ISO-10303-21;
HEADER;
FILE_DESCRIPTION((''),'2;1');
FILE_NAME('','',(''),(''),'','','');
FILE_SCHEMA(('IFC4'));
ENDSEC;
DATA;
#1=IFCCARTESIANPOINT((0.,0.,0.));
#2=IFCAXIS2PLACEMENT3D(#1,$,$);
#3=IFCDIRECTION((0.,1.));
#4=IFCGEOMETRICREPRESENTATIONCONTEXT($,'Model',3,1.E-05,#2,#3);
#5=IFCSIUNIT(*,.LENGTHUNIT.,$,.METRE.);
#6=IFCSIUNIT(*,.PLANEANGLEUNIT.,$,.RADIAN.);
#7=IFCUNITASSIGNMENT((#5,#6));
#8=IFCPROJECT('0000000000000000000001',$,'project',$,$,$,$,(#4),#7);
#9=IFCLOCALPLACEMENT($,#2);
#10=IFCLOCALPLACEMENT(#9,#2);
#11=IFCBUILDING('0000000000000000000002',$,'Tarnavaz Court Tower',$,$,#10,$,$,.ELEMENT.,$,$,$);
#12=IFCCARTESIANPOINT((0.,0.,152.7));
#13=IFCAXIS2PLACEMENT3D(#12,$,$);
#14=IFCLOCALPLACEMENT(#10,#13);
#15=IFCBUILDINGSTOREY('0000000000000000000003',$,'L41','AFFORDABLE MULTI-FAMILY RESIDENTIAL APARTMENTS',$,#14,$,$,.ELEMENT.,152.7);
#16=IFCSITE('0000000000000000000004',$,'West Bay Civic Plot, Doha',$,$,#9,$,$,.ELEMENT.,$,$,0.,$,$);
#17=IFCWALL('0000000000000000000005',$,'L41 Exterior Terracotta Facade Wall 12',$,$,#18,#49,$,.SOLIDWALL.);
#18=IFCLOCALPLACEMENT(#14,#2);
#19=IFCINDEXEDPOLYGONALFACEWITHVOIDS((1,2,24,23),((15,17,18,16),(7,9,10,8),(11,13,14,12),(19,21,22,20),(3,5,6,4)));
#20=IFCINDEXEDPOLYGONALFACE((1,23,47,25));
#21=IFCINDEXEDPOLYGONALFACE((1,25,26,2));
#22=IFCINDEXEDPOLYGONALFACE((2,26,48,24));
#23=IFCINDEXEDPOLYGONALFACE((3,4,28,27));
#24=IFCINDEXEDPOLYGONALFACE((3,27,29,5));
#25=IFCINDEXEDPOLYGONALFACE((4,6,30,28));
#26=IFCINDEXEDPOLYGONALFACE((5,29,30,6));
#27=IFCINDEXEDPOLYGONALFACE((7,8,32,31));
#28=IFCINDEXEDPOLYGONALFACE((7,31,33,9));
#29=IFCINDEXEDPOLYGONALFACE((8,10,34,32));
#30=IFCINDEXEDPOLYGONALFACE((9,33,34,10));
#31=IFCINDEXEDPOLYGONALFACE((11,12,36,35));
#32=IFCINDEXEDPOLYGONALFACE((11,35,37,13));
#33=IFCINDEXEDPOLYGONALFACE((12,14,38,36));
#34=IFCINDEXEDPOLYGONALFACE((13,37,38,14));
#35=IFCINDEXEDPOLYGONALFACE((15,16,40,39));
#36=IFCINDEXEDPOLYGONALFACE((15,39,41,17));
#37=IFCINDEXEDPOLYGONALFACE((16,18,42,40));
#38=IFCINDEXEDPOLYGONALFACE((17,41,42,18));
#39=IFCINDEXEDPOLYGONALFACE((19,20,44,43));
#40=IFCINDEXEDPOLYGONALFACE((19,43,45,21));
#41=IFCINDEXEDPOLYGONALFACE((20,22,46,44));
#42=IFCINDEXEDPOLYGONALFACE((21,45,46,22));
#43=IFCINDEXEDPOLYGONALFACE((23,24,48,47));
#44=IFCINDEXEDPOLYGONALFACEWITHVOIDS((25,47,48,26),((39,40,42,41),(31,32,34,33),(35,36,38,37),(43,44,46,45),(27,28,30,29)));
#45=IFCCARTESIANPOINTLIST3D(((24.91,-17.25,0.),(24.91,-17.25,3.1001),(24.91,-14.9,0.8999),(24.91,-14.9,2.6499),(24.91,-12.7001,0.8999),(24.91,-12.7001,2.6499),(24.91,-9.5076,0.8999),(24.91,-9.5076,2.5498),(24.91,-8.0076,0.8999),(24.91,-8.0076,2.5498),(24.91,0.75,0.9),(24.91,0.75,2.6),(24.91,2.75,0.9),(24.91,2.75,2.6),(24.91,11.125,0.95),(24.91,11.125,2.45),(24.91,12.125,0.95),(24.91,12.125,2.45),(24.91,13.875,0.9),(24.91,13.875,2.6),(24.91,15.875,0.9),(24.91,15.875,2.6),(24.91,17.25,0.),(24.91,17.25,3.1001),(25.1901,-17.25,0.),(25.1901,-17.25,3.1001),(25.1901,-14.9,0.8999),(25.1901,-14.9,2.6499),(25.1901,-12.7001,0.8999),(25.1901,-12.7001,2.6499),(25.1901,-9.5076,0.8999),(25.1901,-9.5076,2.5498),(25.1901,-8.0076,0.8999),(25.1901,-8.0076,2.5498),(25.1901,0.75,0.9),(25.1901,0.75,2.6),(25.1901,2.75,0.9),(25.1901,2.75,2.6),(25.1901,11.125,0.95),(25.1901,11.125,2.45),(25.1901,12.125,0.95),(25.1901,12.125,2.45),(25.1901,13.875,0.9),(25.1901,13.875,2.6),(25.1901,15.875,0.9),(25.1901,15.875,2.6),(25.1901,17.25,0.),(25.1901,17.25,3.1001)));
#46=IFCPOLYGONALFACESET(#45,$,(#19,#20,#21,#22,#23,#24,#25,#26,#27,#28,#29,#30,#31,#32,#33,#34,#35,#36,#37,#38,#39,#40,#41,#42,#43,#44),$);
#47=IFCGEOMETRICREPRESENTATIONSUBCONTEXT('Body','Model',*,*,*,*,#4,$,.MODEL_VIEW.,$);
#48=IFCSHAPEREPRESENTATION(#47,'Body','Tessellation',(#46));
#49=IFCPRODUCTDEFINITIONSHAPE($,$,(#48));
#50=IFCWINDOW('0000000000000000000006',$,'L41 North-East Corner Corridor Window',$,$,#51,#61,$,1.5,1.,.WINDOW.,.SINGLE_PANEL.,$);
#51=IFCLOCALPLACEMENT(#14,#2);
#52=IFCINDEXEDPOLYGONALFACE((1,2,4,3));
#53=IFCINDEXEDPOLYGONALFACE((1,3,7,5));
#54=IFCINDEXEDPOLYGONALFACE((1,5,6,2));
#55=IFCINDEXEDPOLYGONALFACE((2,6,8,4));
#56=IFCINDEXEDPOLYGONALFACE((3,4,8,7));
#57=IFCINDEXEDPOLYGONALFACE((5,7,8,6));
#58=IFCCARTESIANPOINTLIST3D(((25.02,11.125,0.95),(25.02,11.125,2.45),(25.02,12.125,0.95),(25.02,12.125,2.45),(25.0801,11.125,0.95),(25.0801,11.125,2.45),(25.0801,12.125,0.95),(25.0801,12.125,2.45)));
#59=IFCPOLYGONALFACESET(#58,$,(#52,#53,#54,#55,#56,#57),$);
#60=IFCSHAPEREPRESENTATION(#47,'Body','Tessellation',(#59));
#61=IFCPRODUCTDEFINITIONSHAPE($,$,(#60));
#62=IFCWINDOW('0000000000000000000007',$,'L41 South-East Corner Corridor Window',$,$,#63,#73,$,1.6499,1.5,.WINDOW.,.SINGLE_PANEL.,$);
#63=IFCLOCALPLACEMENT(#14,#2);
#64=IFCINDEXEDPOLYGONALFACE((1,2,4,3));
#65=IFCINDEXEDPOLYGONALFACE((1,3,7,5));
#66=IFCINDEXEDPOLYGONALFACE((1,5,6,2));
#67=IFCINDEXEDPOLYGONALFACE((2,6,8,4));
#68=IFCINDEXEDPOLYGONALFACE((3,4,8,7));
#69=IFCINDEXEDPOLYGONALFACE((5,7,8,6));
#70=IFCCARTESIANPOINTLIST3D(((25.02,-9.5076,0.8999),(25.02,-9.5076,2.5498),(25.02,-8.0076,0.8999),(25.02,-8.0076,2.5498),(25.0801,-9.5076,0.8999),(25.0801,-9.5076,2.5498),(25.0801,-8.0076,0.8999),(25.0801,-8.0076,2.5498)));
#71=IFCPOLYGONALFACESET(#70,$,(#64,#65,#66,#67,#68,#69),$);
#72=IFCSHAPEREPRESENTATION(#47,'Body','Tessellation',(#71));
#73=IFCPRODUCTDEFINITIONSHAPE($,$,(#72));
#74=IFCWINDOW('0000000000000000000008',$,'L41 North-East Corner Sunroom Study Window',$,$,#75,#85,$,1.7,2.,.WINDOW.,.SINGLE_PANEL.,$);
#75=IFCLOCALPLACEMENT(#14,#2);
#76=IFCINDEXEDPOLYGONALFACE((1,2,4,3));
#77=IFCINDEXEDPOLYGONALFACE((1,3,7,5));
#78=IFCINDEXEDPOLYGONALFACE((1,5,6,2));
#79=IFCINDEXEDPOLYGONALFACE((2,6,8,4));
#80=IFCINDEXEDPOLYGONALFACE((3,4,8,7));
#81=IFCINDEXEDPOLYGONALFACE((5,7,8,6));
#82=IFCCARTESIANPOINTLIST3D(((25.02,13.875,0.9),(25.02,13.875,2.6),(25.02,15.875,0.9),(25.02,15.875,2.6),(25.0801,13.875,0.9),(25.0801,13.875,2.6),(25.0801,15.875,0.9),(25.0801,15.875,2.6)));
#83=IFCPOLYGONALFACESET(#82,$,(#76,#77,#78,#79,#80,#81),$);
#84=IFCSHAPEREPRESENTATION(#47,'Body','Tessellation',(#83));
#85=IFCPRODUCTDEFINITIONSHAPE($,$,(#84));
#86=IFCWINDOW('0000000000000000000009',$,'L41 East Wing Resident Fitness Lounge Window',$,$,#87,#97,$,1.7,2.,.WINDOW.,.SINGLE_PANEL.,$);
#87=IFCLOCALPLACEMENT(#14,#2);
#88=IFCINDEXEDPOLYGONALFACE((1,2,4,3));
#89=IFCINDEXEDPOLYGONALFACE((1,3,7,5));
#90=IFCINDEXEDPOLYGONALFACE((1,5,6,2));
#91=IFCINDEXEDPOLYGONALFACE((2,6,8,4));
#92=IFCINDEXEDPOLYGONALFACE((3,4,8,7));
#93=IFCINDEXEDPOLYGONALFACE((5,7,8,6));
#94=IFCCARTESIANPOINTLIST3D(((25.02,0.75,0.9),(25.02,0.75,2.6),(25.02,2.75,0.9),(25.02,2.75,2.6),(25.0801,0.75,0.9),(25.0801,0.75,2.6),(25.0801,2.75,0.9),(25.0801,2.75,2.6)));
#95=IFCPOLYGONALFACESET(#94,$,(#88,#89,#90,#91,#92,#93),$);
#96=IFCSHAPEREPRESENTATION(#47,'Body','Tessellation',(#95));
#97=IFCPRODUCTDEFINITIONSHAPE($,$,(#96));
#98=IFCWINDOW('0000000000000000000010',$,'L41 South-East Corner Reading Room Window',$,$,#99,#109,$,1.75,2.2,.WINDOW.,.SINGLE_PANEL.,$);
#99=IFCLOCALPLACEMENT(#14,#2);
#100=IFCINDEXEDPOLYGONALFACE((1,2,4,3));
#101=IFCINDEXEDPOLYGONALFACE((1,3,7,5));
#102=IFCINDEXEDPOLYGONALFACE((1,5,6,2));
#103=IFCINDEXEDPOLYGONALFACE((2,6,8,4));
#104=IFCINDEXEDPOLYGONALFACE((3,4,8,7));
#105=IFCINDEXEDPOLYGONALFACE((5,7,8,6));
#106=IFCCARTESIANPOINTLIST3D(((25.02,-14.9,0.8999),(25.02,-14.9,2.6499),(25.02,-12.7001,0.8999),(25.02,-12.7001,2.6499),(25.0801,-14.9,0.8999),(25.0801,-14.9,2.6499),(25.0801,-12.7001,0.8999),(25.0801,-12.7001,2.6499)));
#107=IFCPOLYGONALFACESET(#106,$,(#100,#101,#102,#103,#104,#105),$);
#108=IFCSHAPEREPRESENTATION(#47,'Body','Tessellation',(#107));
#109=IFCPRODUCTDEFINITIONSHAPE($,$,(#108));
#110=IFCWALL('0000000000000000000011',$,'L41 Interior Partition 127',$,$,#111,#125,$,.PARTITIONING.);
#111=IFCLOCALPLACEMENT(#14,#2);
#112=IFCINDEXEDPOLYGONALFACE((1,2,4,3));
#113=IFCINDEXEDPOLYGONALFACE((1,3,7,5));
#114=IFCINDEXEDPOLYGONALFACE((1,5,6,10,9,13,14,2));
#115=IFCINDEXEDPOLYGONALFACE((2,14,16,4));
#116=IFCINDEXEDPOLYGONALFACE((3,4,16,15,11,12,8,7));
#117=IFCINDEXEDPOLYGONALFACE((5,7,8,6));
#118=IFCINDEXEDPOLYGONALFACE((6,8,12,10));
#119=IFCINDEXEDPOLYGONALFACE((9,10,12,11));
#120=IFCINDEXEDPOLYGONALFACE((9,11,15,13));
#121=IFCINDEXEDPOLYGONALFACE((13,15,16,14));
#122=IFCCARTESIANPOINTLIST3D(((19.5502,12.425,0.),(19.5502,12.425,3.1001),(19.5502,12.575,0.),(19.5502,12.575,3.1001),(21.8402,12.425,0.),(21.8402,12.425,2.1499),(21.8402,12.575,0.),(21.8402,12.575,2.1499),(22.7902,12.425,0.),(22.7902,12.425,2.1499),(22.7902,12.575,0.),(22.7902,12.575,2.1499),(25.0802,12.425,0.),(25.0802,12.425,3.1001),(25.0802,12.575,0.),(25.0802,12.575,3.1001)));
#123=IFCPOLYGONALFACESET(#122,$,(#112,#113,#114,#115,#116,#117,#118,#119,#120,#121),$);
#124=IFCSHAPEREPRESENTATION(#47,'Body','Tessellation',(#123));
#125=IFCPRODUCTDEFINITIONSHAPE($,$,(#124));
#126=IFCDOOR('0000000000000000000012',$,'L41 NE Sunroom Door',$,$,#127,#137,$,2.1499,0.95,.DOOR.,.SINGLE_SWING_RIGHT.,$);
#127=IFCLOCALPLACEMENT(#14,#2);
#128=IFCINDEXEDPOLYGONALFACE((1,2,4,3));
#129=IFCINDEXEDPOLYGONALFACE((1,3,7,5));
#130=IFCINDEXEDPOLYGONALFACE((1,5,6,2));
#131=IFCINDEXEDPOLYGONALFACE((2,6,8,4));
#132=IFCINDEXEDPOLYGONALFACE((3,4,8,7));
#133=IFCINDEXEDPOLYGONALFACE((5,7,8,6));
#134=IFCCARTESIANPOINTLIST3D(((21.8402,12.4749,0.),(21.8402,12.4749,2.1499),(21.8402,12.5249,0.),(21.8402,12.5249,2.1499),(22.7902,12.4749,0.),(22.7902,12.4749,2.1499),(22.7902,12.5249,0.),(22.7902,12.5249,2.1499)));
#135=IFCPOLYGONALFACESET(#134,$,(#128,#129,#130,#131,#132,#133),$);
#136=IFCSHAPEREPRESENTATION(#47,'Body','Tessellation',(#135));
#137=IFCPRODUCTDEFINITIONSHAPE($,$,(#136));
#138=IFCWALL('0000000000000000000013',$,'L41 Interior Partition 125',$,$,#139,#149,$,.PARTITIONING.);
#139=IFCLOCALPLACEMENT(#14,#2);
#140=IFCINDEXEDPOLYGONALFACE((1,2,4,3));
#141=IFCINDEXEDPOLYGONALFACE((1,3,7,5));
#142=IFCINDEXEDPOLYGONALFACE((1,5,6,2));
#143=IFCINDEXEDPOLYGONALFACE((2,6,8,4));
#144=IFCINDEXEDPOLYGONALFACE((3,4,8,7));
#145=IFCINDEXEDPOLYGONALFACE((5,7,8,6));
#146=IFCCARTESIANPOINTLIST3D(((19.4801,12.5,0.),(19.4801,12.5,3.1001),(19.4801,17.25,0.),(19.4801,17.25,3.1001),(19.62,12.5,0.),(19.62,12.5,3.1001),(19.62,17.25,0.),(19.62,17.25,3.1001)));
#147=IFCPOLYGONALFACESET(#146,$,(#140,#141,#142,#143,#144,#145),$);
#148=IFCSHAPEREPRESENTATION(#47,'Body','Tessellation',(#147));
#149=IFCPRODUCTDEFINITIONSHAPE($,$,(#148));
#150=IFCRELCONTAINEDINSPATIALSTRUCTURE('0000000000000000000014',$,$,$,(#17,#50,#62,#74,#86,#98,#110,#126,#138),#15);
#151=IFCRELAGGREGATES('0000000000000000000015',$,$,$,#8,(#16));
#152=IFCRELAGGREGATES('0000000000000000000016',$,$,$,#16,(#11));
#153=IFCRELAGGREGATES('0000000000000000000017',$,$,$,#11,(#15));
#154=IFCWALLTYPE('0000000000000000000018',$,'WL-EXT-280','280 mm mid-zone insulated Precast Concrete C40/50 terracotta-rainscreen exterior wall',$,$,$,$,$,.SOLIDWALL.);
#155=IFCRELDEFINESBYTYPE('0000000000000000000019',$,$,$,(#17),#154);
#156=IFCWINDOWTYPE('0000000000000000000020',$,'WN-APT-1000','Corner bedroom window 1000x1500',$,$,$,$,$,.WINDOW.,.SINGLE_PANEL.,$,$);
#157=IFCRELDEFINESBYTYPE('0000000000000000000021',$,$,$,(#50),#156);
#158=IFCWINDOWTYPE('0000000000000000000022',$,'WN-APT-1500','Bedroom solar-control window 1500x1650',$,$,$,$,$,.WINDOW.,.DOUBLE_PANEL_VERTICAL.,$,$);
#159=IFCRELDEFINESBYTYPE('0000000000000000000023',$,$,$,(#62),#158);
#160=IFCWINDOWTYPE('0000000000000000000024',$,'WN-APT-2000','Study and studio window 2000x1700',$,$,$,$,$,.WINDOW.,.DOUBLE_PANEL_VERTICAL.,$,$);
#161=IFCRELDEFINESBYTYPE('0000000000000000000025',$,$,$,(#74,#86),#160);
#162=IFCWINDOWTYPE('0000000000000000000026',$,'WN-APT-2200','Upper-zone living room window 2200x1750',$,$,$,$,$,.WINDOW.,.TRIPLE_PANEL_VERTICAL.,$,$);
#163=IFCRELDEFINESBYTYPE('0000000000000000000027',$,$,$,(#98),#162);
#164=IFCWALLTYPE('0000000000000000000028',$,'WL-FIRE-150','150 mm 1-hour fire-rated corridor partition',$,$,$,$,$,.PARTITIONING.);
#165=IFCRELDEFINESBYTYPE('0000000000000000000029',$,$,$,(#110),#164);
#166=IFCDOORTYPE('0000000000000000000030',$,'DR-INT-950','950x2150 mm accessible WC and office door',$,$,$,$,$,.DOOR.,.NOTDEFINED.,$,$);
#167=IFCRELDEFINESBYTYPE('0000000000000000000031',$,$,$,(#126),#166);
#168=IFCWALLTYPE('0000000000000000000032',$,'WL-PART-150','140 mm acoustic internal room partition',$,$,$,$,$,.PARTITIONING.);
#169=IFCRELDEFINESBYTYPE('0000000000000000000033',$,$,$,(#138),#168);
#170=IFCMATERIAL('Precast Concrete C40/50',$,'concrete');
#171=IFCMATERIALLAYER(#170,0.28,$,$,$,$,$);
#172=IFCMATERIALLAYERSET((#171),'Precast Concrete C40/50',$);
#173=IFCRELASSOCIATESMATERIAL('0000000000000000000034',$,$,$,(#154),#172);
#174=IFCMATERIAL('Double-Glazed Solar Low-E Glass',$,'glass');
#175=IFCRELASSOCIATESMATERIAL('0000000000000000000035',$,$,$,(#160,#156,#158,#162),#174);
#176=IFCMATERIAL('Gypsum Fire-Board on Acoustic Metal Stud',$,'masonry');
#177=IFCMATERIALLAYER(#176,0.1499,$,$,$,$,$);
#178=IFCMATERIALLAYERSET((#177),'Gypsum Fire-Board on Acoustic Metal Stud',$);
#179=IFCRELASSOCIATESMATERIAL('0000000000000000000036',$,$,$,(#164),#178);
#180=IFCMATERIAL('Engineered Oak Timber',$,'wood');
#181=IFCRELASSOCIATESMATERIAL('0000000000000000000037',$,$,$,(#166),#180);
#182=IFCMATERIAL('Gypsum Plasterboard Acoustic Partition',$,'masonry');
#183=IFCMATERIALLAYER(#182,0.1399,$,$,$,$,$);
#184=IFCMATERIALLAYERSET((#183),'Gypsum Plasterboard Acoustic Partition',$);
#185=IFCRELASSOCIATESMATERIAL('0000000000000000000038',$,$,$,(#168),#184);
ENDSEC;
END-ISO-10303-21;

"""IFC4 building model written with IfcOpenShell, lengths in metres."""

from ifc_helpers import new_model, si_unit, direction, frame, frame_2d, origin, place, context, subcontext, project, spatial, rectangle, extrude, material, layer, layer_set, type_object, element, fill, save


model = new_model("IFC4")

# Units and contexts
model_context = context("Model", 3, precision=1e-05, world=origin(), true_north=direction((0.0, 1.0)))
body_context = subcontext(model_context, "Body", "Model", "MODEL_VIEW")
ifc_project = project(units=[si_unit("LENGTHUNIT", "METRE"), si_unit("PLANEANGLEUNIT", "RADIAN")], contexts=[model_context])

# Site, building, storey
site_placement = place(None, origin())
site = spatial("IfcSite", under=ifc_project, at=site_placement, Name="West Bay Civic Plot, Doha", CompositionType="ELEMENT", RefElevation=0.0)
building_placement = place(site_placement, origin())
building = spatial("IfcBuilding", under=site, at=building_placement, Name="Tarnavaz Court Tower", CompositionType="ELEMENT")
storey_placement = place(building_placement, frame((0.0, 0.0, 152.7)))
storey = spatial("IfcBuildingStorey", under=building, at=storey_placement, Name="L41", Description="AFFORDABLE MULTI-FAMILY RESIDENTIAL APARTMENTS", CompositionType="ELEMENT", Elevation=152.7)

# Shared definitions
ifc_material_1 = material(Name="Precast Concrete C40/50", Category="concrete")
ifc_layer_1 = layer(ifc_material_1, 0.28)
ifc_layer_set_1 = layer_set([ifc_layer_1], Name="Precast Concrete C40/50")
wall_type_1 = type_object("IfcWallType", Name="WL-EXT-280", Description="280 mm mid-zone insulated Precast Concrete C40/50 terracotta-rainscreen exterior wall", PredefinedType="SOLIDWALL", material=ifc_layer_set_1)
ifc_material_2 = material(Name="Double-Glazed Solar Low-E Glass", Category="glass")
window_type_1 = type_object("IfcWindowType", Name="WN-APT-2000", Description="Study and studio window 2000x1700", PartitioningType="DOUBLE_PANEL_VERTICAL", PredefinedType="WINDOW", material=ifc_material_2)

# Wall, openings, windows
wall_1_placement = place(storey_placement, frame((25.05, 17.25, 0.0), z_axis=(0.0, 0.0, 1.0), x_axis=(0.0, -1.0, 0.0)))
wall_1 = element("IfcWall", 1, at=wall_1_placement, inside=storey, type_object=wall_type_1, Name="L41 Exterior Terracotta Facade Wall 12", PredefinedType="SOLIDWALL", context=body_context, shape_type="SweptSolid", body=[
    extrude(rectangle(XDim=34.5, YDim=0.28, at=frame_2d((17.25, 0.0))), origin(), (0.0, 0.0, 1.0), 3.1001),
])
opening_1_placement = place(wall_1_placement, frame((1.375, 0.0, 0.8999)))
opening_1 = element("IfcOpeningElement", 2, at=opening_1_placement, cuts=wall_1, PredefinedType="OPENING", context=body_context, shape_type="SweptSolid", body=[
    extrude(rectangle(XDim=2.0, YDim=1.7, at=frame_2d((1.0, 0.8501))), frame((0.0, 0.1499, 0.0), z_axis=(0.0, -1.0, 0.0), x_axis=(1.0, 0.0, 0.0)), (0.0, 0.0, 1.0), 0.3),
])
opening_2_placement = place(wall_1_placement, frame((5.125, 0.0, 0.95)))
opening_2 = element("IfcOpeningElement", 3, at=opening_2_placement, cuts=wall_1, PredefinedType="OPENING", context=body_context, shape_type="SweptSolid", body=[
    extrude(rectangle(XDim=1.0, YDim=1.5, at=frame_2d((0.5, 0.75))), frame((0.0, 0.1499, 0.0), z_axis=(0.0, -1.0, 0.0), x_axis=(1.0, 0.0, 0.0)), (0.0, 0.0, 1.0), 0.3),
])
opening_3_placement = place(wall_1_placement, frame((14.5, 0.0, 0.8999)))
opening_3 = element("IfcOpeningElement", 4, at=opening_3_placement, cuts=wall_1, PredefinedType="OPENING", context=body_context, shape_type="SweptSolid", body=[
    extrude(rectangle(XDim=2.0, YDim=1.7, at=frame_2d((1.0, 0.8501))), frame((0.0, 0.1499, 0.0), z_axis=(0.0, -1.0, 0.0), x_axis=(1.0, 0.0, 0.0)), (0.0, 0.0, 1.0), 0.3),
])
opening_4_placement = place(wall_1_placement, frame((25.2576, 0.0, 0.8999)))
opening_4 = element("IfcOpeningElement", 5, at=opening_4_placement, cuts=wall_1, PredefinedType="OPENING", context=body_context, shape_type="SweptSolid", body=[
    extrude(rectangle(XDim=1.5, YDim=1.6499, at=frame_2d((0.75, 0.825))), frame((0.0, 0.1499, 0.0), z_axis=(0.0, -1.0, 0.0), x_axis=(1.0, 0.0, 0.0)), (0.0, 0.0, 1.0), 0.3),
])
opening_5_placement = place(wall_1_placement, frame((29.95, 0.0, 0.8999)))
opening_5 = element("IfcOpeningElement", 6, at=opening_5_placement, cuts=wall_1, PredefinedType="OPENING", context=body_context, shape_type="SweptSolid", body=[
    extrude(rectangle(XDim=2.2, YDim=1.75, at=frame_2d((1.1001, 0.875))), frame((0.0, 0.1499, 0.0), z_axis=(0.0, -1.0, 0.0), x_axis=(1.0, 0.0, 0.0)), (0.0, 0.0, 1.0), 0.3),
])
window_type_2 = type_object("IfcWindowType", Name="WN-APT-1000", Description="Corner bedroom window 1000x1500", PartitioningType="SINGLE_PANEL", PredefinedType="WINDOW", material=ifc_material_2)
window_1_placement = place(opening_2_placement, origin())
window_1 = element("IfcWindow", 7, at=window_1_placement, inside=storey, type_object=window_type_2, Name="L41 North-East Corner Corridor Window", OverallHeight=1.5, OverallWidth=1.0, PartitioningType="SINGLE_PANEL", PredefinedType="WINDOW", context=body_context, shape_type="SweptSolid", body=[
    extrude(rectangle(XDim=1.0, YDim=1.5, at=frame_2d((0.5, 0.75))), frame((0.0, 0.03, 0.0), z_axis=(0.0, -1.0, 0.0), x_axis=(1.0, 0.0, 0.0)), (0.0, 0.0, 1.0), 0.0601),
])
fill(opening_2, window_1)
window_type_3 = type_object("IfcWindowType", Name="WN-APT-1500", Description="Bedroom solar-control window 1500x1650", PartitioningType="DOUBLE_PANEL_VERTICAL", PredefinedType="WINDOW", material=ifc_material_2)
window_2_placement = place(opening_4_placement, origin())
window_2 = element("IfcWindow", 8, at=window_2_placement, inside=storey, type_object=window_type_3, Name="L41 South-East Corner Corridor Window", OverallHeight=1.6499, OverallWidth=1.5, PartitioningType="SINGLE_PANEL", PredefinedType="WINDOW", context=body_context, shape_type="SweptSolid", body=[
    extrude(rectangle(XDim=1.5, YDim=1.6499, at=frame_2d((0.75, 0.825))), frame((0.0, 0.03, 0.0), z_axis=(0.0, -1.0, 0.0), x_axis=(1.0, 0.0, 0.0)), (0.0, 0.0, 1.0), 0.0601),
])
fill(opening_4, window_2)
window_3_placement = place(opening_1_placement, origin())
window_3 = element("IfcWindow", 9, at=window_3_placement, inside=storey, type_object=window_type_1, Name="L41 North-East Corner Sunroom Study Window", OverallHeight=1.7, OverallWidth=2.0, PartitioningType="SINGLE_PANEL", PredefinedType="WINDOW", context=body_context, shape_type="SweptSolid", body=[
    extrude(rectangle(XDim=2.0, YDim=1.7, at=frame_2d((1.0, 0.8501))), frame((0.0, 0.03, 0.0), z_axis=(0.0, -1.0, 0.0), x_axis=(1.0, 0.0, 0.0)), (0.0, 0.0, 1.0), 0.0601),
])
fill(opening_1, window_3)
window_4_placement = place(opening_3_placement, origin())
window_4 = element("IfcWindow", 10, at=window_4_placement, inside=storey, type_object=window_type_1, Name="L41 East Wing Resident Fitness Lounge Window", OverallHeight=1.7, OverallWidth=2.0, PartitioningType="SINGLE_PANEL", PredefinedType="WINDOW", context=body_context, shape_type="SweptSolid", body=[
    extrude(rectangle(XDim=2.0, YDim=1.7, at=frame_2d((1.0, 0.8501))), frame((0.0, 0.03, 0.0), z_axis=(0.0, -1.0, 0.0), x_axis=(1.0, 0.0, 0.0)), (0.0, 0.0, 1.0), 0.0601),
])
fill(opening_3, window_4)
window_type_4 = type_object("IfcWindowType", Name="WN-APT-2200", Description="Upper-zone living room window 2200x1750", PartitioningType="TRIPLE_PANEL_VERTICAL", PredefinedType="WINDOW", material=ifc_material_2)
window_5_placement = place(opening_5_placement, origin())
window_5 = element("IfcWindow", 11, at=window_5_placement, inside=storey, type_object=window_type_4, Name="L41 South-East Corner Reading Room Window", OverallHeight=1.75, OverallWidth=2.2, PartitioningType="SINGLE_PANEL", PredefinedType="WINDOW", context=body_context, shape_type="SweptSolid", body=[
    extrude(rectangle(XDim=2.2, YDim=1.75, at=frame_2d((1.1001, 0.875))), frame((0.0, 0.03, 0.0), z_axis=(0.0, -1.0, 0.0), x_axis=(1.0, 0.0, 0.0)), (0.0, 0.0, 1.0), 0.0601),
])
fill(opening_5, window_5)

# Wall, opening, door
ifc_material_3 = material(Name="Gypsum Fire-Board on Acoustic Metal Stud", Category="masonry")
ifc_layer_2 = layer(ifc_material_3, 0.1499)
ifc_layer_set_2 = layer_set([ifc_layer_2], Name="Gypsum Fire-Board on Acoustic Metal Stud")
wall_type_2 = type_object("IfcWallType", Name="WL-FIRE-150", Description="150 mm 1-hour fire-rated corridor partition", PredefinedType="PARTITIONING", material=ifc_layer_set_2)
wall_2_placement = place(storey_placement, frame((19.55, 12.5, 0.0), z_axis=(0.0, 0.0, 1.0), x_axis=(1.0, 0.0, 0.0)))
wall_2 = element("IfcWall", 12, at=wall_2_placement, inside=storey, type_object=wall_type_2, Name="L41 Interior Partition 127", PredefinedType="PARTITIONING", context=body_context, shape_type="SweptSolid", body=[
    extrude(rectangle(XDim=5.53, YDim=0.1499, at=frame_2d((2.7651, 0.0))), origin(), (0.0, 0.0, 1.0), 3.1001),
])
opening_6_placement = place(wall_2_placement, frame((2.29, 0.0, 0.0)))
opening_6 = element("IfcOpeningElement", 13, at=opening_6_placement, cuts=wall_2, PredefinedType="OPENING", context=body_context, shape_type="SweptSolid", body=[
    extrude(rectangle(XDim=0.95, YDim=2.1499, at=frame_2d((0.4751, 1.075))), frame((0.0, 0.085, 0.0), z_axis=(0.0, -1.0, 0.0), x_axis=(1.0, 0.0, 0.0)), (0.0, 0.0, 1.0), 0.1699),
])
ifc_material_4 = material(Name="Engineered Oak Timber", Category="wood")
door_type = type_object("IfcDoorType", Name="DR-INT-950", Description="950x2150 mm accessible WC and office door", OperationType="NOTDEFINED", PredefinedType="DOOR", material=ifc_material_4)
door_placement = place(opening_6_placement, origin())
door = element("IfcDoor", 14, at=door_placement, inside=storey, type_object=door_type, Name="L41 NE Sunroom Door", OperationType="SINGLE_SWING_RIGHT", OverallHeight=2.1499, OverallWidth=0.95, PredefinedType="DOOR", context=body_context, shape_type="SweptSolid", body=[
    extrude(rectangle(XDim=0.95, YDim=2.1499, at=frame_2d((0.4751, 1.075))), frame((0.0, 0.0249, 0.0), z_axis=(0.0, -1.0, 0.0), x_axis=(1.0, 0.0, 0.0)), (0.0, 0.0, 1.0), 0.05),
])
fill(opening_6, door)

# Wall
ifc_material_5 = material(Name="Gypsum Plasterboard Acoustic Partition", Category="masonry")
ifc_layer_3 = layer(ifc_material_5, 0.1399)
ifc_layer_set_3 = layer_set([ifc_layer_3], Name="Gypsum Plasterboard Acoustic Partition")
wall_type_3 = type_object("IfcWallType", Name="WL-PART-150", Description="140 mm acoustic internal room partition", PredefinedType="PARTITIONING", material=ifc_layer_set_3)
wall_3_placement = place(storey_placement, frame((19.55, 12.5, 0.0), z_axis=(0.0, 0.0, 1.0), x_axis=(0.0, 1.0, 0.0)))
element("IfcWall", 15, at=wall_3_placement, inside=storey, type_object=wall_type_3, Name="L41 Interior Partition 125", PredefinedType="PARTITIONING", context=body_context, shape_type="SweptSolid", body=[
    extrude(rectangle(XDim=4.75, YDim=0.1399, at=frame_2d((2.375, 0.0))), origin(), (0.0, 0.0, 1.0), 3.1001),
])

save(model, "model.ifc")
